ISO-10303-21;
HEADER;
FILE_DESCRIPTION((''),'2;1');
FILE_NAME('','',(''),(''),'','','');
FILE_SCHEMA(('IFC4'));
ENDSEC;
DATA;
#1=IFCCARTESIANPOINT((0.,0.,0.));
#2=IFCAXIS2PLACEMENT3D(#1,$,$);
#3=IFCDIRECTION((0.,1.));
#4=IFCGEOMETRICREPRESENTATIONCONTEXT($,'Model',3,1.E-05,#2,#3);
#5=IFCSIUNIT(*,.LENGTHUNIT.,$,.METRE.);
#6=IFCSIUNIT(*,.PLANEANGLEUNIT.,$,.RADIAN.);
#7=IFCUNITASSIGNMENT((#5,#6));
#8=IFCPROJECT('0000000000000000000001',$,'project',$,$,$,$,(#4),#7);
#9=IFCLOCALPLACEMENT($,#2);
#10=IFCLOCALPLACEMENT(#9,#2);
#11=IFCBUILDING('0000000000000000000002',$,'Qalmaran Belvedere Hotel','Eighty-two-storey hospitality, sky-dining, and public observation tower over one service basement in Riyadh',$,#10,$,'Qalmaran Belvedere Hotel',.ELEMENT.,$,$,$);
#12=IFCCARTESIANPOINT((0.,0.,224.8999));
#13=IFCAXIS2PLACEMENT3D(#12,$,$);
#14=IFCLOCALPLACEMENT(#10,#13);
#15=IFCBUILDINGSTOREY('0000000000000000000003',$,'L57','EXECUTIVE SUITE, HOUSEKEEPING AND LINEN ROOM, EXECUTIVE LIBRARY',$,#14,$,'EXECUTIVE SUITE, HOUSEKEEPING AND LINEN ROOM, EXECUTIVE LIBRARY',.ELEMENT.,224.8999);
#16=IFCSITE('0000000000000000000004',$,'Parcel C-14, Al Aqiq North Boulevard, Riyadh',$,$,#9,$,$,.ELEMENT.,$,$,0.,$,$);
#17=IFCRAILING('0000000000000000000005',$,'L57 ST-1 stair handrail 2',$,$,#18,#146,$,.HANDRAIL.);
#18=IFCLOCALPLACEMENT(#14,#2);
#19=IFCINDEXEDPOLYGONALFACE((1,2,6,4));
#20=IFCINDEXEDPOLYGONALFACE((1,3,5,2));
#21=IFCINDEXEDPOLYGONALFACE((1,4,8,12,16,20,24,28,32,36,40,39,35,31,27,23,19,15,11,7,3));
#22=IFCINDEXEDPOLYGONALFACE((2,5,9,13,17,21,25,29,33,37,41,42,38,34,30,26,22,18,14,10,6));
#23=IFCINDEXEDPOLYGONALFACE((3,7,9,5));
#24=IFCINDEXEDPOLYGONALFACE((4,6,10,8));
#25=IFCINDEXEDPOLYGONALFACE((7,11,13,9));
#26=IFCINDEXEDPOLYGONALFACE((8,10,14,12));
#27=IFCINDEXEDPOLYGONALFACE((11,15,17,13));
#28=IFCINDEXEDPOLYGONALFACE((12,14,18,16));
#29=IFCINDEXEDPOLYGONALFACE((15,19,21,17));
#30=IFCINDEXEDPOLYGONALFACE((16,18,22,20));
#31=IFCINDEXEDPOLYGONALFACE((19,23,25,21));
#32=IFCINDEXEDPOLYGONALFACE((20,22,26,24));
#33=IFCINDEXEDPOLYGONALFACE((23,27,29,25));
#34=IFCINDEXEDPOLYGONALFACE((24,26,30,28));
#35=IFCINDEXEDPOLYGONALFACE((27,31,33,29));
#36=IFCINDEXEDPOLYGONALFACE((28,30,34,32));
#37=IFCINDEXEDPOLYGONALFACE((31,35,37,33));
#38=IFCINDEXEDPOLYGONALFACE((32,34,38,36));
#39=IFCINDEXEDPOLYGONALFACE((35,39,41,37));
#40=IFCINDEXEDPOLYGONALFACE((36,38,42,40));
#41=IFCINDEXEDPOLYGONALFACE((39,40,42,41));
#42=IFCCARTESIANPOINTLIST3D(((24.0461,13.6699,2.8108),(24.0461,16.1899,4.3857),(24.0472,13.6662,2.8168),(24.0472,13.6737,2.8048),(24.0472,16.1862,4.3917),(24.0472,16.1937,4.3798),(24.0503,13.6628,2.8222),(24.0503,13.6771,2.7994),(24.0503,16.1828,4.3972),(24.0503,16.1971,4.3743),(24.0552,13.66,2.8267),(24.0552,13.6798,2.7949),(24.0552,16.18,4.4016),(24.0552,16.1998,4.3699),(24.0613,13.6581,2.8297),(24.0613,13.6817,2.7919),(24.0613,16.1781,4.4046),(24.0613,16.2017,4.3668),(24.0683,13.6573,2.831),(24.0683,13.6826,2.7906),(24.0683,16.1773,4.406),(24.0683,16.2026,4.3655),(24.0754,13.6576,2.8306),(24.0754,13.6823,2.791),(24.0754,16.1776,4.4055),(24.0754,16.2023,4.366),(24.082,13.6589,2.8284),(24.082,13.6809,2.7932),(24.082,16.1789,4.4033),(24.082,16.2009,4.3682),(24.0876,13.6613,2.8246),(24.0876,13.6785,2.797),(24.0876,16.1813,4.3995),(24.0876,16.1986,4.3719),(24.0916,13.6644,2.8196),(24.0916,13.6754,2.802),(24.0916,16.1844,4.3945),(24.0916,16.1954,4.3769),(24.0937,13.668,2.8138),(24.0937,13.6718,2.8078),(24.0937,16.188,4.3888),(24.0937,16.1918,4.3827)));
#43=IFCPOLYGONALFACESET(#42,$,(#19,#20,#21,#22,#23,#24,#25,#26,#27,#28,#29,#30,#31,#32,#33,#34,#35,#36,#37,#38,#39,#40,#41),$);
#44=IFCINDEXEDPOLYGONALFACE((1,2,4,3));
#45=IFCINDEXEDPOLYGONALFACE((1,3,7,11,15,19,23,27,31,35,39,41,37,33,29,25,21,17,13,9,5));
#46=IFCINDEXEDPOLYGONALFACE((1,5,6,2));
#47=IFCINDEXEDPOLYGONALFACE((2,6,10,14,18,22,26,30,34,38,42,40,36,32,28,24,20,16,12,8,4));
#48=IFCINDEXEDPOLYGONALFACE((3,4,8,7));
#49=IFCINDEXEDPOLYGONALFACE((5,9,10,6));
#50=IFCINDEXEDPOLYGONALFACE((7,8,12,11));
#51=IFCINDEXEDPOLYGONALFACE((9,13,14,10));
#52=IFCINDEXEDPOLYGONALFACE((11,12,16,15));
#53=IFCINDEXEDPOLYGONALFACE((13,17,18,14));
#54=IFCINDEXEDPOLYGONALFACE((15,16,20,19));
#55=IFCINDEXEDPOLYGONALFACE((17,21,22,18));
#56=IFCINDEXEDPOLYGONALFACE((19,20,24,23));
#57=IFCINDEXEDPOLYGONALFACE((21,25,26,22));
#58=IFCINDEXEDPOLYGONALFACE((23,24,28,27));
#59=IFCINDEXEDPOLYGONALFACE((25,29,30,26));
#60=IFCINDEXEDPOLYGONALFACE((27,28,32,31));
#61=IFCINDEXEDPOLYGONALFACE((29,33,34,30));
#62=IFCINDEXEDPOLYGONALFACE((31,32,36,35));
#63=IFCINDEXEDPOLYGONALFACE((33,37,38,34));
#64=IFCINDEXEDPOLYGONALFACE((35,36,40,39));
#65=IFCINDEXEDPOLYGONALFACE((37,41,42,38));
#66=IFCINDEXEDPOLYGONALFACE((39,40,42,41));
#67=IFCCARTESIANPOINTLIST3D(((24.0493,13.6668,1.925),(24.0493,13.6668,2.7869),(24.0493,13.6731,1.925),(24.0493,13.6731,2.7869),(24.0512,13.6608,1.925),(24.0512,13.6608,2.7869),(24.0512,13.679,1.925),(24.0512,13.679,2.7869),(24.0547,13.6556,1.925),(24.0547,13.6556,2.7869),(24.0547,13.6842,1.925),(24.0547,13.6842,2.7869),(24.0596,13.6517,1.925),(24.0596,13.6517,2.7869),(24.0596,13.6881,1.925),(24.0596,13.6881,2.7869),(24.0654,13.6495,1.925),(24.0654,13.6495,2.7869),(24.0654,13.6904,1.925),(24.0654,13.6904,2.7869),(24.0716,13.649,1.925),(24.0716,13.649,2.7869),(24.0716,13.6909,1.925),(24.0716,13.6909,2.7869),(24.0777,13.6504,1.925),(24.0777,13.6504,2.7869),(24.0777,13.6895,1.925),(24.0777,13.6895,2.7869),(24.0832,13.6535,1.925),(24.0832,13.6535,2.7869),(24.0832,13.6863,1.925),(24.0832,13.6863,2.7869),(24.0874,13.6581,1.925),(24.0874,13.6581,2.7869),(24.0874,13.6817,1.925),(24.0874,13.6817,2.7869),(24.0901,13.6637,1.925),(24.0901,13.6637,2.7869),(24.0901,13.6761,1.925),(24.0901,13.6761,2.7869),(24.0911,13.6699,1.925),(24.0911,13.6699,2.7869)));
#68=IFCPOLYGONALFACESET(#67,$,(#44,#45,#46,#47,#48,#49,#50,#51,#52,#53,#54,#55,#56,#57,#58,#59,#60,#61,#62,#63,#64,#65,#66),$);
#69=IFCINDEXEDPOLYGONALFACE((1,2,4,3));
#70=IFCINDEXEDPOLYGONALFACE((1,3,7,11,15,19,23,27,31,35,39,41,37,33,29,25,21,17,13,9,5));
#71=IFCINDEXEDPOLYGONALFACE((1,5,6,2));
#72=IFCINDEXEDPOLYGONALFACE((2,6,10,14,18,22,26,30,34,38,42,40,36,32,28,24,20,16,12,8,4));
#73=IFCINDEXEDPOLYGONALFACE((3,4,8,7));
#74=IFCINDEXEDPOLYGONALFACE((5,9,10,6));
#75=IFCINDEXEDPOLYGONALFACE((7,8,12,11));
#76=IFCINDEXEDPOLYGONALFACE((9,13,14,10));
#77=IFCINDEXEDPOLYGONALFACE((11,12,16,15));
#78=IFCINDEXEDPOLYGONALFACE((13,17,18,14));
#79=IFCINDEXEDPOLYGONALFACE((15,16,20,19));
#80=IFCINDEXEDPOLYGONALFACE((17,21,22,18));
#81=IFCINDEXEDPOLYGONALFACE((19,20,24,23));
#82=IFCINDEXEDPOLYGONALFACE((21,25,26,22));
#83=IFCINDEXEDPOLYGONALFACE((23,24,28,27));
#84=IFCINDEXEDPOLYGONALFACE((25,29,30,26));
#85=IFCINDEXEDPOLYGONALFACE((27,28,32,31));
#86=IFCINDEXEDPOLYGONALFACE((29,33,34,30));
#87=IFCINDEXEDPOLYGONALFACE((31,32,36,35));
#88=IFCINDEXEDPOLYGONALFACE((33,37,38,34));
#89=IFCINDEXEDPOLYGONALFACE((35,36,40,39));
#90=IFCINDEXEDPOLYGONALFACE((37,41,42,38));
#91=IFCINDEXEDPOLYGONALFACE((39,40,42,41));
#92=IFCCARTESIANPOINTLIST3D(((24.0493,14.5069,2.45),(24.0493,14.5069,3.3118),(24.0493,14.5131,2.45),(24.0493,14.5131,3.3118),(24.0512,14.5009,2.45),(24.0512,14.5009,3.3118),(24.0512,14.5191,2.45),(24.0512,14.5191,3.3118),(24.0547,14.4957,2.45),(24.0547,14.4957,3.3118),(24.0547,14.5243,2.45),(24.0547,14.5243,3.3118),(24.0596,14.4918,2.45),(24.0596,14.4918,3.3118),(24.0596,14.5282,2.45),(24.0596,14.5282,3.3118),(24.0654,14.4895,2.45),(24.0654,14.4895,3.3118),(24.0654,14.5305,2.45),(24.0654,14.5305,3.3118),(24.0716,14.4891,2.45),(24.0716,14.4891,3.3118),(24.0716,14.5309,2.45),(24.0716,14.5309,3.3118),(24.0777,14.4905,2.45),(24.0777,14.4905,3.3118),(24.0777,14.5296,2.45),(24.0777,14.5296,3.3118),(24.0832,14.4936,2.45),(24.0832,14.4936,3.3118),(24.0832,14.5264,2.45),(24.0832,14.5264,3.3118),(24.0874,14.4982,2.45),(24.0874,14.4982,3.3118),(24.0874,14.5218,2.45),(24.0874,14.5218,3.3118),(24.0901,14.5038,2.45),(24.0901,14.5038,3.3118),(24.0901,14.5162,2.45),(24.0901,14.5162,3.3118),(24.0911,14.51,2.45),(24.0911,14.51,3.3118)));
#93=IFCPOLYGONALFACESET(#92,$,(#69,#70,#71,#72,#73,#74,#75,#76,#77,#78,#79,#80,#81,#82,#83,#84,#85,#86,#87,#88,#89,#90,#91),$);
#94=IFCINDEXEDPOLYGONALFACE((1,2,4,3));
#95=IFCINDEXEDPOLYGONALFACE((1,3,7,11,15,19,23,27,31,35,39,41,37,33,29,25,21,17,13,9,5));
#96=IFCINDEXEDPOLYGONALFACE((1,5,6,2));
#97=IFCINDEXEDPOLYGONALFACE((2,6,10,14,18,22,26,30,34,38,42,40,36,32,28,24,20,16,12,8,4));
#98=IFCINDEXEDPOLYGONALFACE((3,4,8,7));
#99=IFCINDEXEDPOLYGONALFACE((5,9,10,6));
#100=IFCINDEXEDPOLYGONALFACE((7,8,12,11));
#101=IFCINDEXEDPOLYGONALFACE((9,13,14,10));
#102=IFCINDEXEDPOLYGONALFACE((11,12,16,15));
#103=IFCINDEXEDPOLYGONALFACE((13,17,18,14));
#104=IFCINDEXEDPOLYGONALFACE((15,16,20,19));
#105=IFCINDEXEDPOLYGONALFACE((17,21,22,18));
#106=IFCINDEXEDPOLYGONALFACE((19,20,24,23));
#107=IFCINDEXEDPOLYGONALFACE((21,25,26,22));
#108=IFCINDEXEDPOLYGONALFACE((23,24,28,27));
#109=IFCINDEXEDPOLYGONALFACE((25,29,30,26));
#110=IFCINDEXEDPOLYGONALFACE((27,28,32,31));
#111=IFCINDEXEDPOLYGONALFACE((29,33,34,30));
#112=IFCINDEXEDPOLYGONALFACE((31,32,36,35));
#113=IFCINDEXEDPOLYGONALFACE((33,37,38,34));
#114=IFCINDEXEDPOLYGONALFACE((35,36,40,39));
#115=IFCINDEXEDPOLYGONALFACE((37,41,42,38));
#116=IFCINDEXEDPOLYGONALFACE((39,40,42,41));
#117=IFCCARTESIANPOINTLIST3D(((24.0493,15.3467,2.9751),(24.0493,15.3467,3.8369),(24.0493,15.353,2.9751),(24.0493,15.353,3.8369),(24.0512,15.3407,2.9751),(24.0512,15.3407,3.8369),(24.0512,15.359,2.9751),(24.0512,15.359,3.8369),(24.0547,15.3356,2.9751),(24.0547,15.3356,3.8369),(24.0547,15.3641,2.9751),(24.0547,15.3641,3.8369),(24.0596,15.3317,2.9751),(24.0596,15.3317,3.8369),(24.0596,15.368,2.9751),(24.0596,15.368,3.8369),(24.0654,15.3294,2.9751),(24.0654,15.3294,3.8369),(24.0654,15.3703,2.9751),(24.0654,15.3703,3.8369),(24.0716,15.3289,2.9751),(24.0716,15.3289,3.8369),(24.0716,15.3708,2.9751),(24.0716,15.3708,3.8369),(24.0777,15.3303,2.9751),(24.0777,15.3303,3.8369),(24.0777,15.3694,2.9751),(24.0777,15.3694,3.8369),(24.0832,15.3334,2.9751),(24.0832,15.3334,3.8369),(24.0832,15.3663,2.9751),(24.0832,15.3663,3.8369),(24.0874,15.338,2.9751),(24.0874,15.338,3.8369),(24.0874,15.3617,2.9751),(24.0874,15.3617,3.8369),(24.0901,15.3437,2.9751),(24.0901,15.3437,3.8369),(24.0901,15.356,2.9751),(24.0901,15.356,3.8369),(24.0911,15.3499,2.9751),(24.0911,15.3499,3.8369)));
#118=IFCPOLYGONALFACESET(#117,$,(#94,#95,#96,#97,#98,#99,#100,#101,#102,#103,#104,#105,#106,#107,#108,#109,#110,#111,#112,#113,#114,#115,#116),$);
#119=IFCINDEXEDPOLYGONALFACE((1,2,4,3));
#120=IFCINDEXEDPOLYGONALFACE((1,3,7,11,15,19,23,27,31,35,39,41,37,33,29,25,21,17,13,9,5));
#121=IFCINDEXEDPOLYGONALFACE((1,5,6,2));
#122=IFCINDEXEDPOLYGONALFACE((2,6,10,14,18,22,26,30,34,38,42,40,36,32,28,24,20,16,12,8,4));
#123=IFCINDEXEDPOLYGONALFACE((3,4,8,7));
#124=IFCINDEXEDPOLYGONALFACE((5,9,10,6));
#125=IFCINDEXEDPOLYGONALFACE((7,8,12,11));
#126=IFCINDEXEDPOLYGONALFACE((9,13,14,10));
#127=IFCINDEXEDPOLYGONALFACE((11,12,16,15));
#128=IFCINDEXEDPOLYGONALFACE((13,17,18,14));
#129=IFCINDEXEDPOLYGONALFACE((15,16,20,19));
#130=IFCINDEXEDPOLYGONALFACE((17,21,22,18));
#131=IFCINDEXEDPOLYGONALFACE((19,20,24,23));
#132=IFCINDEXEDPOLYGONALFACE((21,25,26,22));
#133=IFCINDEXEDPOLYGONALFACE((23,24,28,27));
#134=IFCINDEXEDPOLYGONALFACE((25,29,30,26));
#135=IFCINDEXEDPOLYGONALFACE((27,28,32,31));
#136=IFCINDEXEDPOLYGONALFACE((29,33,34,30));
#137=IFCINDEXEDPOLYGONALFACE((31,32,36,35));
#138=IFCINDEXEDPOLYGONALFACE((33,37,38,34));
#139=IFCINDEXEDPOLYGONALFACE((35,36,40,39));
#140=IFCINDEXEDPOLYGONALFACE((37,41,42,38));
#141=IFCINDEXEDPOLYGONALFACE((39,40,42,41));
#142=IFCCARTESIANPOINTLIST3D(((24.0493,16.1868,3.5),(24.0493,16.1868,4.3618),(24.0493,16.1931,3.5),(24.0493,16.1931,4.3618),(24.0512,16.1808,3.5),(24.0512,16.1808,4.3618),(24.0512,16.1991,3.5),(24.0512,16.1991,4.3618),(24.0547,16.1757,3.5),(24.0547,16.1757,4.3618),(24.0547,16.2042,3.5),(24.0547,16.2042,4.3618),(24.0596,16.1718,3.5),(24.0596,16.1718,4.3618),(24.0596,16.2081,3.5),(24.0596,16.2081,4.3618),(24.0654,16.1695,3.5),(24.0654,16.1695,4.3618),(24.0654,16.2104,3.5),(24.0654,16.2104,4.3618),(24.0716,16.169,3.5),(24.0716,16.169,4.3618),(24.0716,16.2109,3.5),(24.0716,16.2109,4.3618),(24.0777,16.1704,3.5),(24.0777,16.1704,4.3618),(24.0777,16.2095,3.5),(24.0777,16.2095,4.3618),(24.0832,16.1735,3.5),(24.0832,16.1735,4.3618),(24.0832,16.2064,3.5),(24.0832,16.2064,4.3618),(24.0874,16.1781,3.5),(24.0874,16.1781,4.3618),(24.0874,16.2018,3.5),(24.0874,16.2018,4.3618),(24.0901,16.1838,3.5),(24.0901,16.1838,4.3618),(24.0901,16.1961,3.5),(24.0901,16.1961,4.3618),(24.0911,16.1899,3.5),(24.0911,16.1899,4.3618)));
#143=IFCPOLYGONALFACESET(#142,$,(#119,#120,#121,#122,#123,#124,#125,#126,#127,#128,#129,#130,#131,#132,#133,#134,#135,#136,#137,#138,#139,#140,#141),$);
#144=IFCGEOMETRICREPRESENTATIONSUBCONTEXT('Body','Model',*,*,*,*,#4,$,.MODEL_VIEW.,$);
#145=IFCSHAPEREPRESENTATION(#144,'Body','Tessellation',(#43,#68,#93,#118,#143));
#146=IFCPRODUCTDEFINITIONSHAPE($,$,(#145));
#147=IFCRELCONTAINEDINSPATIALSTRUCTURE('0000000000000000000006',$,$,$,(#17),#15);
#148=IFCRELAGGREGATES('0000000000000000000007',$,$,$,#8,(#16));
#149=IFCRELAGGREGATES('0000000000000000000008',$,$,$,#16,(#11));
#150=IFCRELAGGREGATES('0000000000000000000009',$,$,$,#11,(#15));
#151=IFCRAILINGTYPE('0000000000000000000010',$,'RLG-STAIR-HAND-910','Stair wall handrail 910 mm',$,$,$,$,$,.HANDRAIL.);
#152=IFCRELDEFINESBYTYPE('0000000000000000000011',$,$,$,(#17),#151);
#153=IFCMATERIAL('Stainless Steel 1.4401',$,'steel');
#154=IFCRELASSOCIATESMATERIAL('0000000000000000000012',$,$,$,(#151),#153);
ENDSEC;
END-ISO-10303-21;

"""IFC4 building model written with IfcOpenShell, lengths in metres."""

from ifc_helpers import new_model, si_unit, direction, frame, origin, origin_2d, place, context, subcontext, project, spatial, circle, extrude, material, type_object, element, save


model = new_model("IFC4")

# Units and contexts
model_context = context("Model", 3, precision=1e-05, world=origin(), true_north=direction((0.0, 1.0)))
body_context = subcontext(model_context, "Body", "Model", "MODEL_VIEW")
ifc_project = project(units=[si_unit("LENGTHUNIT", "METRE"), si_unit("PLANEANGLEUNIT", "RADIAN")], contexts=[model_context])

# Site, building, storey
site_placement = place(None, origin())
site = spatial("IfcSite", under=ifc_project, at=site_placement, Name="Parcel C-14, Al Aqiq North Boulevard, Riyadh", CompositionType="ELEMENT", RefElevation=0.0)
building_placement = place(site_placement, origin())
building = spatial("IfcBuilding", under=site, at=building_placement, Name="Qalmaran Belvedere Hotel", Description="Eighty-two-storey hospitality, sky-dining, and public observation tower over one service basement in Riyadh", LongName="Qalmaran Belvedere Hotel", CompositionType="ELEMENT")
storey_placement = place(building_placement, frame((0.0, 0.0, 224.8999)))
storey = spatial("IfcBuildingStorey", under=building, at=storey_placement, Name="L57", Description="EXECUTIVE SUITE, HOUSEKEEPING AND LINEN ROOM, EXECUTIVE LIBRARY", LongName="EXECUTIVE SUITE, HOUSEKEEPING AND LINEN ROOM, EXECUTIVE LIBRARY", CompositionType="ELEMENT", Elevation=224.8999)

# Railing
ifc_material_1 = material(Name="Stainless Steel 1.4401", Category="steel")
railing_type_1 = type_object("IfcRailingType", Name="RLG-STAIR-HAND-910", Description="Stair wall handrail 910 mm", PredefinedType="HANDRAIL", material=ifc_material_1)
railing_1_placement = place(storey_placement, frame((24.0701, 13.6699, 1.925)))
element("IfcRailing", 1, at=railing_1_placement, inside=storey, type_object=railing_type_1, Name="L57 ST-1 stair handrail 2", PredefinedType="HANDRAIL", context=body_context, shape_type="SweptSolid", body=[
    extrude(circle(Radius=0.0239, at=origin_2d()), frame((0.0, 0.0, 0.8857), z_axis=(0.0, 0.848008, 0.529984), x_axis=(-1.0, 0.0, 0.0)), (0.0, 0.0, 1.0), 2.9717),
    extrude(circle(Radius=0.021, at=origin_2d()), origin(), (0.0, 0.0, 1.0), 0.8618),
    extrude(circle(Radius=0.021, at=origin_2d()), frame((0.0, 0.8401, 0.5249)), (0.0, 0.0, 1.0), 0.8618),
    extrude(circle(Radius=0.021, at=origin_2d()), frame((0.0, 1.6799, 1.05)), (0.0, 0.0, 1.0), 0.8618),
    extrude(circle(Radius=0.021, at=origin_2d()), frame((0.0, 2.52, 1.575)), (0.0, 0.0, 1.0), 0.8618),
])

save(model, "model.ifc")
